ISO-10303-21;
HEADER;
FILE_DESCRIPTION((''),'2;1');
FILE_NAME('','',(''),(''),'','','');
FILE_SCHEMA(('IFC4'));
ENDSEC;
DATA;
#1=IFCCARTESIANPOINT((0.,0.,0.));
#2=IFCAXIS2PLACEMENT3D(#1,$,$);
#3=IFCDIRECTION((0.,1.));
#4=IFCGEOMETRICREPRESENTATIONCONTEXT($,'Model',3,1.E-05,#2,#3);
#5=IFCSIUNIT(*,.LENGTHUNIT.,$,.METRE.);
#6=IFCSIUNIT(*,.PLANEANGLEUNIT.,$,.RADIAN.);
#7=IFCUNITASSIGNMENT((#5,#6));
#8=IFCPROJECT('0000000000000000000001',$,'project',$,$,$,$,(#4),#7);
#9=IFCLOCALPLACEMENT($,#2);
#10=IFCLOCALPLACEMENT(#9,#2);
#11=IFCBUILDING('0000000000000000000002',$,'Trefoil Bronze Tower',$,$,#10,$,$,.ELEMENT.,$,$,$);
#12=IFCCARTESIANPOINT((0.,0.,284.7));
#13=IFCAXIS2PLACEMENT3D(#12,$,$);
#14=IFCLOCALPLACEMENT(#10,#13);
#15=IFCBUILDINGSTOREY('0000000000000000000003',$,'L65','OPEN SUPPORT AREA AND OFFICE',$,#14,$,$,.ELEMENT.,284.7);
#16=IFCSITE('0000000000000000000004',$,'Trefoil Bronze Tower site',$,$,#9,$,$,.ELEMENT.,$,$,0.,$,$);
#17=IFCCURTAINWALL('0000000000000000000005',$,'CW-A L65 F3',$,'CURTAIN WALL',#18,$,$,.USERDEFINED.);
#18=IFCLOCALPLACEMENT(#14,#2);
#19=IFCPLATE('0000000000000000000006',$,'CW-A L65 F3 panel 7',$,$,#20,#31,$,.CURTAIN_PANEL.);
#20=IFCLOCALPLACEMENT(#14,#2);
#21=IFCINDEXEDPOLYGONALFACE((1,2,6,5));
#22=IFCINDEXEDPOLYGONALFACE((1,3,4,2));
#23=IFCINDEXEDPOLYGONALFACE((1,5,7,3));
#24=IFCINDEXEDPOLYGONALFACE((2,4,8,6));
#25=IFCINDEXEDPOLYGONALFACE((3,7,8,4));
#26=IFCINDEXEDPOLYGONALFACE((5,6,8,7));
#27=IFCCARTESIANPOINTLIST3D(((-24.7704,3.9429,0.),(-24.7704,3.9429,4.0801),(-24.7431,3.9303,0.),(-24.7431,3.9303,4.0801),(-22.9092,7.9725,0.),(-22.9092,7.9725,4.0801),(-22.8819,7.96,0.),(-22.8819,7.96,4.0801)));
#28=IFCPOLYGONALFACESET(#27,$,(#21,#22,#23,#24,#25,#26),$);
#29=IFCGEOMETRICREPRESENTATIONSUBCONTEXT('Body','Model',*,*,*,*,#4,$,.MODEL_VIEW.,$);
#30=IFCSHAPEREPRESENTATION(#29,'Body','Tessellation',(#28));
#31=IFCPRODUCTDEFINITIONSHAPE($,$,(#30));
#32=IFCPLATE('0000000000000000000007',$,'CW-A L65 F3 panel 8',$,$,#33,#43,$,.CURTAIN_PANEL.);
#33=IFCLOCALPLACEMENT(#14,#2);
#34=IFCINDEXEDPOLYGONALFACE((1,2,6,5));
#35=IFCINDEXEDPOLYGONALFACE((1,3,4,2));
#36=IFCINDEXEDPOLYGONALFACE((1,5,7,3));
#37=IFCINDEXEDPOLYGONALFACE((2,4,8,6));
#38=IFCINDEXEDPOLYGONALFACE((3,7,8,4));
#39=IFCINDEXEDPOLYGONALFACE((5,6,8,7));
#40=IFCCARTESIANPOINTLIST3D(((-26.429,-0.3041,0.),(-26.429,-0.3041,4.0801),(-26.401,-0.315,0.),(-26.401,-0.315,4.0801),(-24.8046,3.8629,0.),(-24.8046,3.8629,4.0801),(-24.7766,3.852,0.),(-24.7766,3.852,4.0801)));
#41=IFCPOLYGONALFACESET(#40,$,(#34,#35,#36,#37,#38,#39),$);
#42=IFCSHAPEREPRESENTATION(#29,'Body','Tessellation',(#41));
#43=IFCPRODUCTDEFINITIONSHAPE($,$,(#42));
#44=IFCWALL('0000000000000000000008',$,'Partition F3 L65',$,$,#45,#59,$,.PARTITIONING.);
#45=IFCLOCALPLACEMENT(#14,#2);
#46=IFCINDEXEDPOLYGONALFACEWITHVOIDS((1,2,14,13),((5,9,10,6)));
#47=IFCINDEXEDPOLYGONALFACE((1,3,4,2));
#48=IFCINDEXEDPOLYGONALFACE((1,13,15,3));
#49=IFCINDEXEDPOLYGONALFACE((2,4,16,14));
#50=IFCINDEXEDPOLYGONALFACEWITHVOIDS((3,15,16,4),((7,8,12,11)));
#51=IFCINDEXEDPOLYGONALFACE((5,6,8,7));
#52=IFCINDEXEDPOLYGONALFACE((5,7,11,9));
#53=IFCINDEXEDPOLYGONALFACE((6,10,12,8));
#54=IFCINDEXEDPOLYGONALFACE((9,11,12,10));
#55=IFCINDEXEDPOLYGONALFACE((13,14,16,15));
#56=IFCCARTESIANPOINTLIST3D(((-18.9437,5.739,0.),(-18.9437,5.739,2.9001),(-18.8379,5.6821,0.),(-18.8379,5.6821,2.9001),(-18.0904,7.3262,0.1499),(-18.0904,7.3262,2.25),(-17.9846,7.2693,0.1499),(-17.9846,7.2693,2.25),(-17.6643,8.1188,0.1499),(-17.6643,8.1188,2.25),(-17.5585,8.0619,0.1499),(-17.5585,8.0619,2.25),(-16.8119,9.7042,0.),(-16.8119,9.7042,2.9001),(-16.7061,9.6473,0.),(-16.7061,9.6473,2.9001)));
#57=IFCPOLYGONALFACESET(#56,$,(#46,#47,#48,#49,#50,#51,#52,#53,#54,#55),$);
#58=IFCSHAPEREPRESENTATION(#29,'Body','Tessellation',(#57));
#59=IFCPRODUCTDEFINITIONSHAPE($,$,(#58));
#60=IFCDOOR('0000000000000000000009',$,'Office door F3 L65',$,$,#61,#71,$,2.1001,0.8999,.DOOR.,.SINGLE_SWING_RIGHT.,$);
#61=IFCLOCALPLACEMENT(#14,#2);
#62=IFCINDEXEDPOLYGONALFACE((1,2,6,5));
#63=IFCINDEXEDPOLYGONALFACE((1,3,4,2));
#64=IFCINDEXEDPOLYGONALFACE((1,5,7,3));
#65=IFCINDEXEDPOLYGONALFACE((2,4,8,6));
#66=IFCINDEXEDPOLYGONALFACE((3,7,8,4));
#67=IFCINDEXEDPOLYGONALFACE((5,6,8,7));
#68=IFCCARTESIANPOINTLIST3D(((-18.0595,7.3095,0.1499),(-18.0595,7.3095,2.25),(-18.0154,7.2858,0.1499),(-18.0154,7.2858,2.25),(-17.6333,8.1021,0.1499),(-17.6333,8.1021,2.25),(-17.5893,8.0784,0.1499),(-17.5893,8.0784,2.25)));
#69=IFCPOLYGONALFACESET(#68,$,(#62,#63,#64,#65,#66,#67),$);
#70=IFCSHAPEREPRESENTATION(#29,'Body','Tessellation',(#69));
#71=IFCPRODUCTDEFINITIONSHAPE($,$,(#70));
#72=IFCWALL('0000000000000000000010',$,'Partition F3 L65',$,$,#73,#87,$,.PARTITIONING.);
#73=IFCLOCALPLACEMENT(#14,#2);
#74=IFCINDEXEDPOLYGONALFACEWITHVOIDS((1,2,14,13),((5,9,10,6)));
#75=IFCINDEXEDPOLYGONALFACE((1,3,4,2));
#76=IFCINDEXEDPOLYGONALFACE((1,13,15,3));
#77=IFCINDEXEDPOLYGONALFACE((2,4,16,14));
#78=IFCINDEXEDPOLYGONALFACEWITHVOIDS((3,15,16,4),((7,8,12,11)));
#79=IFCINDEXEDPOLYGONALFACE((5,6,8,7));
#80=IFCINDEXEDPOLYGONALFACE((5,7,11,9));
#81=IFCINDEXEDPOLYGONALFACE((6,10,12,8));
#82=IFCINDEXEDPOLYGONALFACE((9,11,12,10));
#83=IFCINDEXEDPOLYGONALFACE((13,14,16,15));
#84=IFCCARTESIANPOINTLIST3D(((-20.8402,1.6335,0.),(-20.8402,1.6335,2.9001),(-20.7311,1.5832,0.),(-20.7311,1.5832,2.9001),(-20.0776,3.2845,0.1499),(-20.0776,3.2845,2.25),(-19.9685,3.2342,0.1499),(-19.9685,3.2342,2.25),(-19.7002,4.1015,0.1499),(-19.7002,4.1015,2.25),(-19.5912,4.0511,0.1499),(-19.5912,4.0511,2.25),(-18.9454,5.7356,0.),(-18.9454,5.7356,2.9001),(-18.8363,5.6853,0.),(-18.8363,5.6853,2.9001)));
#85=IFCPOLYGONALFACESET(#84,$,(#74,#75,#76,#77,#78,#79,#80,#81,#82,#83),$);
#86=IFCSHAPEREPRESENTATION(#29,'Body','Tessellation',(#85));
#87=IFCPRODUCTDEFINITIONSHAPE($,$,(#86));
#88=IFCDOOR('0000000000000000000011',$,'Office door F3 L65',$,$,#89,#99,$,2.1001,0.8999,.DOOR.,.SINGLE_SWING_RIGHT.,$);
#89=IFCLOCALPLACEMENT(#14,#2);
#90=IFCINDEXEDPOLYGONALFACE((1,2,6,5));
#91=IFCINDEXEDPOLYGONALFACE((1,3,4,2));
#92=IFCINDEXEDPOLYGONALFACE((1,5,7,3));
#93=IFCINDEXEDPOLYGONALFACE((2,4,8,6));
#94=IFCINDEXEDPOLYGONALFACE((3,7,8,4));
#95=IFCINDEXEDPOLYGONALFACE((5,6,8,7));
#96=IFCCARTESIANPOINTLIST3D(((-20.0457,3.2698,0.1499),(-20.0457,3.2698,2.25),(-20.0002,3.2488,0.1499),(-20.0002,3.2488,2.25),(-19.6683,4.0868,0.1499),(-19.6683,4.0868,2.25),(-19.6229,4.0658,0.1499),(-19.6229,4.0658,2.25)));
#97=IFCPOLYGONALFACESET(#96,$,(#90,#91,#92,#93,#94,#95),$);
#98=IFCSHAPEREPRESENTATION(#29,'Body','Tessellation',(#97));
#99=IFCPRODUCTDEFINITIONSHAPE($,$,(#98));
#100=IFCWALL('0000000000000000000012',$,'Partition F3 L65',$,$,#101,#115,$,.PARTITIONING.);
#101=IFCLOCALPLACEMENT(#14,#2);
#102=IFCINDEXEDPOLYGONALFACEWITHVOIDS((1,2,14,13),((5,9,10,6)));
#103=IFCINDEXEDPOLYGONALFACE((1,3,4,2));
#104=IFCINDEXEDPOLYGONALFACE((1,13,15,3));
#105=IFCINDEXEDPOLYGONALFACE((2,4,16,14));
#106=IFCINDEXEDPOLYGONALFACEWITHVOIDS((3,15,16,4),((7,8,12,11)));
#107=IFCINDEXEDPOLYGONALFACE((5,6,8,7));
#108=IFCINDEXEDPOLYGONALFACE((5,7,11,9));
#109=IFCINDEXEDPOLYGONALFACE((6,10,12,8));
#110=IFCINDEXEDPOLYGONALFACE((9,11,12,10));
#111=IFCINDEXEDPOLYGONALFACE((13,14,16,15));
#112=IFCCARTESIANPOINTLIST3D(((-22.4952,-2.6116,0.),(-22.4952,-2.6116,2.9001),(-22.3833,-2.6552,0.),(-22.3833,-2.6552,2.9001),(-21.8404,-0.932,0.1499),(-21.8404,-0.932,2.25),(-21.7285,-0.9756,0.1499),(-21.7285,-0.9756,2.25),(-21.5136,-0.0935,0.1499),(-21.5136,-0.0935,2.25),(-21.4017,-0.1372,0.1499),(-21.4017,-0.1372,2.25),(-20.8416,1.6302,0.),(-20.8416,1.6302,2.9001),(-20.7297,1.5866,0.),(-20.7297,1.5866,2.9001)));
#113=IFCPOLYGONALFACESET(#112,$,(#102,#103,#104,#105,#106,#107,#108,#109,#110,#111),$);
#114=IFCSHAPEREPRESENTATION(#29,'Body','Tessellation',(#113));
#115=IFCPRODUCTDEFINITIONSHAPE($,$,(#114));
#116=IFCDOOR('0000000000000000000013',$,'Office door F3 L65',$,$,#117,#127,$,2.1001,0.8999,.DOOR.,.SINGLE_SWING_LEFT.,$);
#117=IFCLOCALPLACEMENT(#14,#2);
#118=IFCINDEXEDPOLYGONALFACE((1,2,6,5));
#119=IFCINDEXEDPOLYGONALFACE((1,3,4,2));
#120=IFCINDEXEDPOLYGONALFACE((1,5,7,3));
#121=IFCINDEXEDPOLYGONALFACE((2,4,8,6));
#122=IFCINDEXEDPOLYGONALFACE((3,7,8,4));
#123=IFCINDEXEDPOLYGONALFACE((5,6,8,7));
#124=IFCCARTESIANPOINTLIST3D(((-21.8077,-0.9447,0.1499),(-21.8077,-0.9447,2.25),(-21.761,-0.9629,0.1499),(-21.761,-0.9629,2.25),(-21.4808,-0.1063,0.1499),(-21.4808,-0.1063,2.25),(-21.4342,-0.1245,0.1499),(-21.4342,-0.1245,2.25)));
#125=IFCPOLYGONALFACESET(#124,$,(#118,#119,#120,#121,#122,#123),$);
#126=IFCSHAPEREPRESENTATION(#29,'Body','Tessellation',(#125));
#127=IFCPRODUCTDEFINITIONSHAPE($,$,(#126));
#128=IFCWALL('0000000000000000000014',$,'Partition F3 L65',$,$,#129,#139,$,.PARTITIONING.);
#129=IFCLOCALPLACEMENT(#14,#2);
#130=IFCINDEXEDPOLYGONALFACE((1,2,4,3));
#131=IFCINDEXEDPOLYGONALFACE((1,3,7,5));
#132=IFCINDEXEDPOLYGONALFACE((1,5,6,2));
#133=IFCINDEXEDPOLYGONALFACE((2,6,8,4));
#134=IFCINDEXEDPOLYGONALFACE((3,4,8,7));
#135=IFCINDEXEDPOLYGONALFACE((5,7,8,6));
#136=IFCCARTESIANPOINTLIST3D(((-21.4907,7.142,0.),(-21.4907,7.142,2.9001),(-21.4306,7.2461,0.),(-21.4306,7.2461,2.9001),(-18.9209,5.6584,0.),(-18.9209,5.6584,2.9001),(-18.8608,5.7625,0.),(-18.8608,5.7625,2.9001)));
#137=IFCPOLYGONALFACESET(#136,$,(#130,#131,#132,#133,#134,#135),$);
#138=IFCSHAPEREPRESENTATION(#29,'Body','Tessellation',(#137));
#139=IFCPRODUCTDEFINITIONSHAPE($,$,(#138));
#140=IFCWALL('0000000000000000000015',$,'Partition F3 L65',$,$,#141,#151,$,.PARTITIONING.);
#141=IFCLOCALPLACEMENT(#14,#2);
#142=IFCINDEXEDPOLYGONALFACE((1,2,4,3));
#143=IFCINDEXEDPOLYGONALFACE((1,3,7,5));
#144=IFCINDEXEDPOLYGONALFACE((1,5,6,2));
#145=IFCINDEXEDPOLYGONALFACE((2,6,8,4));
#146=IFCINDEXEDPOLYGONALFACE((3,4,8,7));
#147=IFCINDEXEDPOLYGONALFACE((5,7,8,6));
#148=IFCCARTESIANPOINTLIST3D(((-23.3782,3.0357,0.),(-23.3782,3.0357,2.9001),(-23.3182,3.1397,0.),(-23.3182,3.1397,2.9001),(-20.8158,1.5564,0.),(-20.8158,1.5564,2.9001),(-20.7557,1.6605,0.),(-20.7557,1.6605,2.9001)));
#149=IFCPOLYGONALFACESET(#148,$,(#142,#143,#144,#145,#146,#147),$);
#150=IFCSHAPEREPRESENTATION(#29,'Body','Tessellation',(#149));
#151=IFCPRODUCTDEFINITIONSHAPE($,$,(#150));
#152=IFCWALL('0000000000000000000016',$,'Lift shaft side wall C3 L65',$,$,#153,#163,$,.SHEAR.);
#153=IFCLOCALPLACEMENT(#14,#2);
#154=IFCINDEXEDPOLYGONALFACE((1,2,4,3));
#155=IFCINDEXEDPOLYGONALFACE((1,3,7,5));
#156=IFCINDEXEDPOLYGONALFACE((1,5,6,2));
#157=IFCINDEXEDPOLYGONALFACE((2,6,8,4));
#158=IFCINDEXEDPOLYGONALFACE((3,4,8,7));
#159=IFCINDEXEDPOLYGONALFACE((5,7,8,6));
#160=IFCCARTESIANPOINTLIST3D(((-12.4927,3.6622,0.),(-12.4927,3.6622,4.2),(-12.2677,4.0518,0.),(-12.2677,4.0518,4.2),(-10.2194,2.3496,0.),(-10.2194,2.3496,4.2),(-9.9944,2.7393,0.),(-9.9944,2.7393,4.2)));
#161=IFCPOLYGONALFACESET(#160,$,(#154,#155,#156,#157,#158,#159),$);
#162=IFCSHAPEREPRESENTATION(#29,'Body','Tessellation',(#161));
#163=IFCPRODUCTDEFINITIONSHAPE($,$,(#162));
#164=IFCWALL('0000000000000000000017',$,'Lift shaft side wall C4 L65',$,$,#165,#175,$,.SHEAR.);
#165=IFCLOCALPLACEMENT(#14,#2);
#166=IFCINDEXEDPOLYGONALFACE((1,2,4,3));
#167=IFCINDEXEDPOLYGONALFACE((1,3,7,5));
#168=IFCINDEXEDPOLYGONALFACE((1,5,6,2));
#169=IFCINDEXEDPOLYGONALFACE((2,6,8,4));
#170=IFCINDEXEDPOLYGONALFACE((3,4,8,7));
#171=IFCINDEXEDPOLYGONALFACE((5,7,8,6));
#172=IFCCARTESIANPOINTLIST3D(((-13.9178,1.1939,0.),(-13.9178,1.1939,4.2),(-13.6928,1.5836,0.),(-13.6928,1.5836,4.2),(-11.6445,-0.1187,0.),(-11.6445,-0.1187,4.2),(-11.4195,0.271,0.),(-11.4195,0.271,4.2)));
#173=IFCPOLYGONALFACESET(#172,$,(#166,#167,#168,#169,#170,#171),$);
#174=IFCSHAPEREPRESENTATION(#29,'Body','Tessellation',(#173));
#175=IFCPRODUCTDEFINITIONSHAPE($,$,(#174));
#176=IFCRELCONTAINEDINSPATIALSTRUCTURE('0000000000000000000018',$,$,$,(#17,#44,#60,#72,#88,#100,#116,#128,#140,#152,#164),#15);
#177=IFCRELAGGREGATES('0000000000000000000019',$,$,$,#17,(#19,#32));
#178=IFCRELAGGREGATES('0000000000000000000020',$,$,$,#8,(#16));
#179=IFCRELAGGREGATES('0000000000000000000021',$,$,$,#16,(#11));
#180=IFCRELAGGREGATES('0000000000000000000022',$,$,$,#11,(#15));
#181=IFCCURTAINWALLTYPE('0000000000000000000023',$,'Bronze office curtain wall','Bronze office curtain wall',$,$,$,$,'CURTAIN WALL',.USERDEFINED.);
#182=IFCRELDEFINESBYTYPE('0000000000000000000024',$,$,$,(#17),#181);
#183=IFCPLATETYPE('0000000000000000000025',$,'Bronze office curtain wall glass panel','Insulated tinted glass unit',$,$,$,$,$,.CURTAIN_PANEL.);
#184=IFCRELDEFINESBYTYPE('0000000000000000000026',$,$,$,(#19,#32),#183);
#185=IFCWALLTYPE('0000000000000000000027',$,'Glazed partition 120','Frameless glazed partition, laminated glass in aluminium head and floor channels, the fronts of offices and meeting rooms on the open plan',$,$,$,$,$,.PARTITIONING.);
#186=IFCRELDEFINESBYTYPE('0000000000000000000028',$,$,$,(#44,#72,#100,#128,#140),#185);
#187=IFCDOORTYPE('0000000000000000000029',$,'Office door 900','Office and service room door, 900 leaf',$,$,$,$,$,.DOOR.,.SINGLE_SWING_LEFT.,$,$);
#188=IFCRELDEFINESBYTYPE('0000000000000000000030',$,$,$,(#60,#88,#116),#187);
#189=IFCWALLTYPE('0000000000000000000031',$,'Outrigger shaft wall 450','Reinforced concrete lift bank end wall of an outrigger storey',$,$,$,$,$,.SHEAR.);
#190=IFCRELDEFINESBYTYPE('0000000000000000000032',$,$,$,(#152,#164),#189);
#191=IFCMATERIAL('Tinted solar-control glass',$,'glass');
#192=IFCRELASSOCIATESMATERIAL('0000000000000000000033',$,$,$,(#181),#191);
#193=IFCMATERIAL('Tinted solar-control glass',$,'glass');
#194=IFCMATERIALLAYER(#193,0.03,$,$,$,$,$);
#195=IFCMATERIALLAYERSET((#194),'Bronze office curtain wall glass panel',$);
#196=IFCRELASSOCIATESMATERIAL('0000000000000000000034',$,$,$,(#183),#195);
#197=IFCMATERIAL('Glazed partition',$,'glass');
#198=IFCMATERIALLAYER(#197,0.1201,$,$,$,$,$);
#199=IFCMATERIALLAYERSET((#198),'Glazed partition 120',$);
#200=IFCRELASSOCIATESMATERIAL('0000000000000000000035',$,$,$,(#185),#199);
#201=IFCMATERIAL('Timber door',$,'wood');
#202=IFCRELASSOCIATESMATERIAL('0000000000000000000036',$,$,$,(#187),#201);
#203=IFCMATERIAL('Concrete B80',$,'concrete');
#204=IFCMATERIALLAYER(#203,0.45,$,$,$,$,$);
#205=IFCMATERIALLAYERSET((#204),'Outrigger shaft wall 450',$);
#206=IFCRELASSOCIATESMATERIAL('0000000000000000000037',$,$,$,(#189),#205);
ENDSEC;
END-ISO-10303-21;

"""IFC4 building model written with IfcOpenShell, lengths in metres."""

from ifc_helpers import new_model, si_unit, direction, frame, frame_2d, origin, origin_2d, place, context, subcontext, project, spatial, rectangle, extrude, material, layer, layer_set, type_object, element, fill, aggregate, save


model = new_model("IFC4")

# Units and contexts
model_context = context("Model", 3, precision=1e-05, world=origin(), true_north=direction((0.0, 1.0)))
body_context = subcontext(model_context, "Body", "Model", "MODEL_VIEW")
ifc_project = project(units=[si_unit("LENGTHUNIT", "METRE"), si_unit("PLANEANGLEUNIT", "RADIAN")], contexts=[model_context])

# Site, building, storey
site_placement = place(None, origin())
site = spatial("IfcSite", under=ifc_project, at=site_placement, Name="Trefoil Bronze Tower site", CompositionType="ELEMENT", RefElevation=0.0)
building_placement = place(site_placement, origin())
building = spatial("IfcBuilding", under=site, at=building_placement, Name="Trefoil Bronze Tower", CompositionType="ELEMENT")
storey_placement = place(building_placement, frame((0.0, 0.0, 284.7)))
storey = spatial("IfcBuildingStorey", under=building, at=storey_placement, Name="L65", Description="OPEN SUPPORT AREA AND OFFICE", CompositionType="ELEMENT", Elevation=284.7)

# Curtain wall
ifc_material_1 = material(Name="Tinted solar-control glass", Category="glass")
curtain_wall_type = type_object("IfcCurtainWallType", Name="Bronze office curtain wall", Description="Bronze office curtain wall", ElementType="CURTAIN WALL", PredefinedType="USERDEFINED", material=ifc_material_1)
curtain_wall_placement = place(storey_placement, origin())
curtain_wall = element("IfcCurtainWall", 1, at=curtain_wall_placement, inside=storey, type_object=curtain_wall_type, Name="CW-A L65 F3", ObjectType="CURTAIN WALL", PredefinedType="USERDEFINED")

# Plates
ifc_material_2 = material(Name="Tinted solar-control glass", Category="glass")
ifc_layer_1 = layer(ifc_material_2, 0.03)
ifc_layer_set_1 = layer_set([ifc_layer_1], Name="Bronze office curtain wall glass panel")
plate_type = type_object("IfcPlateType", Name="Bronze office curtain wall glass panel", Description="Insulated tinted glass unit", PredefinedType="CURTAIN_PANEL", material=ifc_layer_set_1)
plate_1_placement = place(storey_placement, frame((-23.8262, 5.9514, 0.0), z_axis=(0.0, 0.0, 1.0), x_axis=(-0.419309, -0.907844, 0.0)))
plate_1 = element("IfcPlate", 2, at=plate_1_placement, type_object=plate_type, Name="CW-A L65 F3 panel 7", PredefinedType="CURTAIN_PANEL", context=body_context, shape_type="SweptSolid", body=[
    extrude(rectangle(XDim=4.4387, YDim=0.03, at=origin_2d()), origin(), (0.0, 0.0, 1.0), 4.0801),
])
plate_2_placement = place(storey_placement, frame((-25.6028, 1.7739, 0.0), z_axis=(0.0, 0.0, 1.0), x_axis=(-0.363199, -0.931712, 0.0)))
plate_2 = element("IfcPlate", 3, at=plate_2_placement, type_object=plate_type, Name="CW-A L65 F3 panel 8", PredefinedType="CURTAIN_PANEL", context=body_context, shape_type="SweptSolid", body=[
    extrude(rectangle(XDim=4.4724, YDim=0.03, at=origin_2d()), origin(), (0.0, 0.0, 1.0), 4.0801),
])
aggregate(curtain_wall, [plate_1, plate_2])

# Walls, openings, doors
ifc_material_3 = material(Name="Glazed partition", Category="glass")
ifc_layer_2 = layer(ifc_material_3, 0.1201)
ifc_layer_set_2 = layer_set([ifc_layer_2], Name="Glazed partition 120")
wall_type_1 = type_object("IfcWallType", Name="Glazed partition 120", Description="Frameless glazed partition, laminated glass in aluminium head and floor channels, the fronts of offices and meeting rooms on the open plan", PredefinedType="PARTITIONING", material=ifc_layer_set_2)
wall_1_placement = place(storey_placement, frame((-16.759, 9.6758, 0.0), z_axis=(0.0, 0.0, 1.0), x_axis=(-0.473524, -0.880781, 0.0)))
wall_1 = element("IfcWall", 4, at=wall_1_placement, inside=storey, type_object=wall_type_1, Name="Partition F3 L65", PredefinedType="PARTITIONING", context=body_context, shape_type="SweptSolid", body=[
    extrude(rectangle(XDim=4.502, YDim=0.1201, at=frame_2d((2.251, 0.0))), origin(), (0.0, 0.0, 1.0), 2.9001),
])
opening_1_placement = place(wall_1_placement, frame((1.8, 0.0, 0.1499)))
opening_1 = element("IfcOpeningElement", 5, at=opening_1_placement, cuts=wall_1, PredefinedType="OPENING", context=body_context, shape_type="SweptSolid", body=[
    extrude(rectangle(XDim=0.8999, YDim=2.1001, at=frame_2d((0.45, 1.05))), frame((0.0, 0.0701, 0.0), z_axis=(0.0, -1.0, 0.0), x_axis=(1.0, 0.0, 0.0)), (0.0, 0.0, 1.0), 0.1401),
])
ifc_material_4 = material(Name="Timber door", Category="wood")
door_type = type_object("IfcDoorType", Name="Office door 900", Description="Office and service room door, 900 leaf", OperationType="SINGLE_SWING_LEFT", PredefinedType="DOOR", material=ifc_material_4)
door_1_placement = place(opening_1_placement, frame((0.8999, 0.0, 0.0), z_axis=(0.0, 0.0, 1.0), x_axis=(-1.0, 0.0, 0.0)))
door_1 = element("IfcDoor", 6, at=door_1_placement, inside=storey, type_object=door_type, Name="Office door F3 L65", OperationType="SINGLE_SWING_RIGHT", OverallHeight=2.1001, OverallWidth=0.8999, PredefinedType="DOOR", context=body_context, shape_type="SweptSolid", body=[
    extrude(rectangle(XDim=0.8999, YDim=2.1001, at=frame_2d((0.45, 1.05))), frame((0.0, 0.0249, 0.0), z_axis=(0.0, -1.0, 0.0), x_axis=(1.0, 0.0, 0.0)), (0.0, 0.0, 1.0), 0.05),
])
fill(opening_1, door_1)
wall_2_placement = place(storey_placement, frame((-18.8909, 5.7104, 0.0), z_axis=(0.0, 0.0, 1.0), x_axis=(-0.419336, -0.907831, 0.0)))
wall_2 = element("IfcWall", 7, at=wall_2_placement, inside=storey, type_object=wall_type_1, Name="Partition F3 L65", PredefinedType="PARTITIONING", context=body_context, shape_type="SweptSolid", body=[
    extrude(rectangle(XDim=4.5186, YDim=0.1201, at=frame_2d((2.2593, 0.0))), origin(), (0.0, 0.0, 1.0), 2.9001),
])
opening_2_placement = place(wall_2_placement, frame((1.8, 0.0, 0.1499)))
opening_2 = element("IfcOpeningElement", 8, at=opening_2_placement, cuts=wall_2, PredefinedType="OPENING", context=body_context, shape_type="SweptSolid", body=[
    extrude(rectangle(XDim=0.8999, YDim=2.1001, at=frame_2d((0.45, 1.05))), frame((0.0, 0.0701, 0.0), z_axis=(0.0, -1.0, 0.0), x_axis=(1.0, 0.0, 0.0)), (0.0, 0.0, 1.0), 0.1401),
])
door_2_placement = place(opening_2_placement, frame((0.8999, 0.0, 0.0), z_axis=(0.0, 0.0, 1.0), x_axis=(-1.0, 0.0, 0.0)))
door_2 = element("IfcDoor", 9, at=door_2_placement, inside=storey, type_object=door_type, Name="Office door F3 L65", OperationType="SINGLE_SWING_RIGHT", OverallHeight=2.1001, OverallWidth=0.8999, PredefinedType="DOOR", context=body_context, shape_type="SweptSolid", body=[
    extrude(rectangle(XDim=0.8999, YDim=2.1001, at=frame_2d((0.45, 1.05))), frame((0.0, 0.0249, 0.0), z_axis=(0.0, -1.0, 0.0), x_axis=(1.0, 0.0, 0.0)), (0.0, 0.0, 1.0), 0.05),
])
fill(opening_2, door_2)
wall_3_placement = place(storey_placement, frame((-20.7856, 1.6084, 0.0), z_axis=(0.0, 0.0, 1.0), x_axis=(-0.363212, -0.931706, 0.0)))
wall_3 = element("IfcWall", 10, at=wall_3_placement, inside=storey, type_object=wall_type_1, Name="Partition F3 L65", PredefinedType="PARTITIONING", context=body_context, shape_type="SweptSolid", body=[
    extrude(rectangle(XDim=4.5527, YDim=0.1201, at=frame_2d((2.2764, 0.0))), origin(), (0.0, 0.0, 1.0), 2.9001),
])
opening_3_placement = place(wall_3_placement, frame((1.8501, 0.0, 0.1499)))
opening_3 = element("IfcOpeningElement", 11, at=opening_3_placement, cuts=wall_3, PredefinedType="OPENING", context=body_context, shape_type="SweptSolid", body=[
    extrude(rectangle(XDim=0.8999, YDim=2.1001, at=frame_2d((0.45, 1.05))), frame((0.0, 0.0701, 0.0), z_axis=(0.0, -1.0, 0.0), x_axis=(1.0, 0.0, 0.0)), (0.0, 0.0, 1.0), 0.1401),
])
door_3_placement = place(opening_3_placement, frame((0.8999, 0.0, 0.0), z_axis=(0.0, 0.0, 1.0), x_axis=(-1.0, 0.0, 0.0)))
door_3 = element("IfcDoor", 12, at=door_3_placement, inside=storey, type_object=door_type, Name="Office door F3 L65", OperationType="SINGLE_SWING_LEFT", OverallHeight=2.1001, OverallWidth=0.8999, PredefinedType="DOOR", context=body_context, shape_type="SweptSolid", body=[
    extrude(rectangle(XDim=0.8999, YDim=2.1001, at=frame_2d((0.45, 1.05))), frame((0.0, 0.0249, 0.0), z_axis=(0.0, -1.0, 0.0), x_axis=(1.0, 0.0, 0.0)), (0.0, 0.0, 1.0), 0.05),
])
fill(opening_3, door_3)

# Walls
wall_4_placement = place(storey_placement, frame((-18.8909, 5.7104, 0.0), z_axis=(0.0, 0.0, 1.0), x_axis=(-0.866032, 0.499988, 0.0)))
element("IfcWall", 13, at=wall_4_placement, inside=storey, type_object=wall_type_1, Name="Partition F3 L65", PredefinedType="PARTITIONING", context=body_context, shape_type="SweptSolid", body=[
    extrude(rectangle(XDim=2.9673, YDim=0.1201, at=frame_2d((1.4836, 0.0))), origin(), (0.0, 0.0, 1.0), 2.9001),
])
wall_5_placement = place(storey_placement, frame((-20.7856, 1.6084, 0.0), z_axis=(0.0, 0.0, 1.0), x_axis=(-0.866056, 0.499946, 0.0)))
element("IfcWall", 14, at=wall_5_placement, inside=storey, type_object=wall_type_1, Name="Partition F3 L65", PredefinedType="PARTITIONING", context=body_context, shape_type="SweptSolid", body=[
    extrude(rectangle(XDim=2.9587, YDim=0.1201, at=frame_2d((1.4795, 0.0))), origin(), (0.0, 0.0, 1.0), 2.9001),
])
ifc_material_5 = material(Name="Concrete B80", Category="concrete")
ifc_layer_3 = layer(ifc_material_5, 0.45)
ifc_layer_set_3 = layer_set([ifc_layer_3], Name="Outrigger shaft wall 450")
wall_type_2 = type_object("IfcWallType", Name="Outrigger shaft wall 450", Description="Reinforced concrete lift bank end wall of an outrigger storey", PredefinedType="SHEAR", material=ifc_layer_set_3)
for number, where, z_axis, x_axis, name in (
    (15, (-10.1069, 2.5444, 0.0), (0.0, 0.0, 1.0), (-0.866014, 0.50002, 0.0), "Lift shaft side wall C3 L65"),
    (16, (-11.532, 0.0762, 0.0), (0.0, 0.0, 1.0), (-0.866014, 0.50002, 0.0), "Lift shaft side wall C4 L65"),
):
    element("IfcWall", number, at=place(storey_placement, frame(where, z_axis=z_axis, x_axis=x_axis)), inside=storey, type_object=wall_type_2, Name=name, PredefinedType="SHEAR", context=body_context, shape_type="SweptSolid", body=[
        extrude(rectangle(XDim=2.625, YDim=0.45, at=frame_2d((1.3125, 0.0))), origin(), (0.0, 0.0, 1.0), 4.2),
    ])

save(model, "model.ifc")
